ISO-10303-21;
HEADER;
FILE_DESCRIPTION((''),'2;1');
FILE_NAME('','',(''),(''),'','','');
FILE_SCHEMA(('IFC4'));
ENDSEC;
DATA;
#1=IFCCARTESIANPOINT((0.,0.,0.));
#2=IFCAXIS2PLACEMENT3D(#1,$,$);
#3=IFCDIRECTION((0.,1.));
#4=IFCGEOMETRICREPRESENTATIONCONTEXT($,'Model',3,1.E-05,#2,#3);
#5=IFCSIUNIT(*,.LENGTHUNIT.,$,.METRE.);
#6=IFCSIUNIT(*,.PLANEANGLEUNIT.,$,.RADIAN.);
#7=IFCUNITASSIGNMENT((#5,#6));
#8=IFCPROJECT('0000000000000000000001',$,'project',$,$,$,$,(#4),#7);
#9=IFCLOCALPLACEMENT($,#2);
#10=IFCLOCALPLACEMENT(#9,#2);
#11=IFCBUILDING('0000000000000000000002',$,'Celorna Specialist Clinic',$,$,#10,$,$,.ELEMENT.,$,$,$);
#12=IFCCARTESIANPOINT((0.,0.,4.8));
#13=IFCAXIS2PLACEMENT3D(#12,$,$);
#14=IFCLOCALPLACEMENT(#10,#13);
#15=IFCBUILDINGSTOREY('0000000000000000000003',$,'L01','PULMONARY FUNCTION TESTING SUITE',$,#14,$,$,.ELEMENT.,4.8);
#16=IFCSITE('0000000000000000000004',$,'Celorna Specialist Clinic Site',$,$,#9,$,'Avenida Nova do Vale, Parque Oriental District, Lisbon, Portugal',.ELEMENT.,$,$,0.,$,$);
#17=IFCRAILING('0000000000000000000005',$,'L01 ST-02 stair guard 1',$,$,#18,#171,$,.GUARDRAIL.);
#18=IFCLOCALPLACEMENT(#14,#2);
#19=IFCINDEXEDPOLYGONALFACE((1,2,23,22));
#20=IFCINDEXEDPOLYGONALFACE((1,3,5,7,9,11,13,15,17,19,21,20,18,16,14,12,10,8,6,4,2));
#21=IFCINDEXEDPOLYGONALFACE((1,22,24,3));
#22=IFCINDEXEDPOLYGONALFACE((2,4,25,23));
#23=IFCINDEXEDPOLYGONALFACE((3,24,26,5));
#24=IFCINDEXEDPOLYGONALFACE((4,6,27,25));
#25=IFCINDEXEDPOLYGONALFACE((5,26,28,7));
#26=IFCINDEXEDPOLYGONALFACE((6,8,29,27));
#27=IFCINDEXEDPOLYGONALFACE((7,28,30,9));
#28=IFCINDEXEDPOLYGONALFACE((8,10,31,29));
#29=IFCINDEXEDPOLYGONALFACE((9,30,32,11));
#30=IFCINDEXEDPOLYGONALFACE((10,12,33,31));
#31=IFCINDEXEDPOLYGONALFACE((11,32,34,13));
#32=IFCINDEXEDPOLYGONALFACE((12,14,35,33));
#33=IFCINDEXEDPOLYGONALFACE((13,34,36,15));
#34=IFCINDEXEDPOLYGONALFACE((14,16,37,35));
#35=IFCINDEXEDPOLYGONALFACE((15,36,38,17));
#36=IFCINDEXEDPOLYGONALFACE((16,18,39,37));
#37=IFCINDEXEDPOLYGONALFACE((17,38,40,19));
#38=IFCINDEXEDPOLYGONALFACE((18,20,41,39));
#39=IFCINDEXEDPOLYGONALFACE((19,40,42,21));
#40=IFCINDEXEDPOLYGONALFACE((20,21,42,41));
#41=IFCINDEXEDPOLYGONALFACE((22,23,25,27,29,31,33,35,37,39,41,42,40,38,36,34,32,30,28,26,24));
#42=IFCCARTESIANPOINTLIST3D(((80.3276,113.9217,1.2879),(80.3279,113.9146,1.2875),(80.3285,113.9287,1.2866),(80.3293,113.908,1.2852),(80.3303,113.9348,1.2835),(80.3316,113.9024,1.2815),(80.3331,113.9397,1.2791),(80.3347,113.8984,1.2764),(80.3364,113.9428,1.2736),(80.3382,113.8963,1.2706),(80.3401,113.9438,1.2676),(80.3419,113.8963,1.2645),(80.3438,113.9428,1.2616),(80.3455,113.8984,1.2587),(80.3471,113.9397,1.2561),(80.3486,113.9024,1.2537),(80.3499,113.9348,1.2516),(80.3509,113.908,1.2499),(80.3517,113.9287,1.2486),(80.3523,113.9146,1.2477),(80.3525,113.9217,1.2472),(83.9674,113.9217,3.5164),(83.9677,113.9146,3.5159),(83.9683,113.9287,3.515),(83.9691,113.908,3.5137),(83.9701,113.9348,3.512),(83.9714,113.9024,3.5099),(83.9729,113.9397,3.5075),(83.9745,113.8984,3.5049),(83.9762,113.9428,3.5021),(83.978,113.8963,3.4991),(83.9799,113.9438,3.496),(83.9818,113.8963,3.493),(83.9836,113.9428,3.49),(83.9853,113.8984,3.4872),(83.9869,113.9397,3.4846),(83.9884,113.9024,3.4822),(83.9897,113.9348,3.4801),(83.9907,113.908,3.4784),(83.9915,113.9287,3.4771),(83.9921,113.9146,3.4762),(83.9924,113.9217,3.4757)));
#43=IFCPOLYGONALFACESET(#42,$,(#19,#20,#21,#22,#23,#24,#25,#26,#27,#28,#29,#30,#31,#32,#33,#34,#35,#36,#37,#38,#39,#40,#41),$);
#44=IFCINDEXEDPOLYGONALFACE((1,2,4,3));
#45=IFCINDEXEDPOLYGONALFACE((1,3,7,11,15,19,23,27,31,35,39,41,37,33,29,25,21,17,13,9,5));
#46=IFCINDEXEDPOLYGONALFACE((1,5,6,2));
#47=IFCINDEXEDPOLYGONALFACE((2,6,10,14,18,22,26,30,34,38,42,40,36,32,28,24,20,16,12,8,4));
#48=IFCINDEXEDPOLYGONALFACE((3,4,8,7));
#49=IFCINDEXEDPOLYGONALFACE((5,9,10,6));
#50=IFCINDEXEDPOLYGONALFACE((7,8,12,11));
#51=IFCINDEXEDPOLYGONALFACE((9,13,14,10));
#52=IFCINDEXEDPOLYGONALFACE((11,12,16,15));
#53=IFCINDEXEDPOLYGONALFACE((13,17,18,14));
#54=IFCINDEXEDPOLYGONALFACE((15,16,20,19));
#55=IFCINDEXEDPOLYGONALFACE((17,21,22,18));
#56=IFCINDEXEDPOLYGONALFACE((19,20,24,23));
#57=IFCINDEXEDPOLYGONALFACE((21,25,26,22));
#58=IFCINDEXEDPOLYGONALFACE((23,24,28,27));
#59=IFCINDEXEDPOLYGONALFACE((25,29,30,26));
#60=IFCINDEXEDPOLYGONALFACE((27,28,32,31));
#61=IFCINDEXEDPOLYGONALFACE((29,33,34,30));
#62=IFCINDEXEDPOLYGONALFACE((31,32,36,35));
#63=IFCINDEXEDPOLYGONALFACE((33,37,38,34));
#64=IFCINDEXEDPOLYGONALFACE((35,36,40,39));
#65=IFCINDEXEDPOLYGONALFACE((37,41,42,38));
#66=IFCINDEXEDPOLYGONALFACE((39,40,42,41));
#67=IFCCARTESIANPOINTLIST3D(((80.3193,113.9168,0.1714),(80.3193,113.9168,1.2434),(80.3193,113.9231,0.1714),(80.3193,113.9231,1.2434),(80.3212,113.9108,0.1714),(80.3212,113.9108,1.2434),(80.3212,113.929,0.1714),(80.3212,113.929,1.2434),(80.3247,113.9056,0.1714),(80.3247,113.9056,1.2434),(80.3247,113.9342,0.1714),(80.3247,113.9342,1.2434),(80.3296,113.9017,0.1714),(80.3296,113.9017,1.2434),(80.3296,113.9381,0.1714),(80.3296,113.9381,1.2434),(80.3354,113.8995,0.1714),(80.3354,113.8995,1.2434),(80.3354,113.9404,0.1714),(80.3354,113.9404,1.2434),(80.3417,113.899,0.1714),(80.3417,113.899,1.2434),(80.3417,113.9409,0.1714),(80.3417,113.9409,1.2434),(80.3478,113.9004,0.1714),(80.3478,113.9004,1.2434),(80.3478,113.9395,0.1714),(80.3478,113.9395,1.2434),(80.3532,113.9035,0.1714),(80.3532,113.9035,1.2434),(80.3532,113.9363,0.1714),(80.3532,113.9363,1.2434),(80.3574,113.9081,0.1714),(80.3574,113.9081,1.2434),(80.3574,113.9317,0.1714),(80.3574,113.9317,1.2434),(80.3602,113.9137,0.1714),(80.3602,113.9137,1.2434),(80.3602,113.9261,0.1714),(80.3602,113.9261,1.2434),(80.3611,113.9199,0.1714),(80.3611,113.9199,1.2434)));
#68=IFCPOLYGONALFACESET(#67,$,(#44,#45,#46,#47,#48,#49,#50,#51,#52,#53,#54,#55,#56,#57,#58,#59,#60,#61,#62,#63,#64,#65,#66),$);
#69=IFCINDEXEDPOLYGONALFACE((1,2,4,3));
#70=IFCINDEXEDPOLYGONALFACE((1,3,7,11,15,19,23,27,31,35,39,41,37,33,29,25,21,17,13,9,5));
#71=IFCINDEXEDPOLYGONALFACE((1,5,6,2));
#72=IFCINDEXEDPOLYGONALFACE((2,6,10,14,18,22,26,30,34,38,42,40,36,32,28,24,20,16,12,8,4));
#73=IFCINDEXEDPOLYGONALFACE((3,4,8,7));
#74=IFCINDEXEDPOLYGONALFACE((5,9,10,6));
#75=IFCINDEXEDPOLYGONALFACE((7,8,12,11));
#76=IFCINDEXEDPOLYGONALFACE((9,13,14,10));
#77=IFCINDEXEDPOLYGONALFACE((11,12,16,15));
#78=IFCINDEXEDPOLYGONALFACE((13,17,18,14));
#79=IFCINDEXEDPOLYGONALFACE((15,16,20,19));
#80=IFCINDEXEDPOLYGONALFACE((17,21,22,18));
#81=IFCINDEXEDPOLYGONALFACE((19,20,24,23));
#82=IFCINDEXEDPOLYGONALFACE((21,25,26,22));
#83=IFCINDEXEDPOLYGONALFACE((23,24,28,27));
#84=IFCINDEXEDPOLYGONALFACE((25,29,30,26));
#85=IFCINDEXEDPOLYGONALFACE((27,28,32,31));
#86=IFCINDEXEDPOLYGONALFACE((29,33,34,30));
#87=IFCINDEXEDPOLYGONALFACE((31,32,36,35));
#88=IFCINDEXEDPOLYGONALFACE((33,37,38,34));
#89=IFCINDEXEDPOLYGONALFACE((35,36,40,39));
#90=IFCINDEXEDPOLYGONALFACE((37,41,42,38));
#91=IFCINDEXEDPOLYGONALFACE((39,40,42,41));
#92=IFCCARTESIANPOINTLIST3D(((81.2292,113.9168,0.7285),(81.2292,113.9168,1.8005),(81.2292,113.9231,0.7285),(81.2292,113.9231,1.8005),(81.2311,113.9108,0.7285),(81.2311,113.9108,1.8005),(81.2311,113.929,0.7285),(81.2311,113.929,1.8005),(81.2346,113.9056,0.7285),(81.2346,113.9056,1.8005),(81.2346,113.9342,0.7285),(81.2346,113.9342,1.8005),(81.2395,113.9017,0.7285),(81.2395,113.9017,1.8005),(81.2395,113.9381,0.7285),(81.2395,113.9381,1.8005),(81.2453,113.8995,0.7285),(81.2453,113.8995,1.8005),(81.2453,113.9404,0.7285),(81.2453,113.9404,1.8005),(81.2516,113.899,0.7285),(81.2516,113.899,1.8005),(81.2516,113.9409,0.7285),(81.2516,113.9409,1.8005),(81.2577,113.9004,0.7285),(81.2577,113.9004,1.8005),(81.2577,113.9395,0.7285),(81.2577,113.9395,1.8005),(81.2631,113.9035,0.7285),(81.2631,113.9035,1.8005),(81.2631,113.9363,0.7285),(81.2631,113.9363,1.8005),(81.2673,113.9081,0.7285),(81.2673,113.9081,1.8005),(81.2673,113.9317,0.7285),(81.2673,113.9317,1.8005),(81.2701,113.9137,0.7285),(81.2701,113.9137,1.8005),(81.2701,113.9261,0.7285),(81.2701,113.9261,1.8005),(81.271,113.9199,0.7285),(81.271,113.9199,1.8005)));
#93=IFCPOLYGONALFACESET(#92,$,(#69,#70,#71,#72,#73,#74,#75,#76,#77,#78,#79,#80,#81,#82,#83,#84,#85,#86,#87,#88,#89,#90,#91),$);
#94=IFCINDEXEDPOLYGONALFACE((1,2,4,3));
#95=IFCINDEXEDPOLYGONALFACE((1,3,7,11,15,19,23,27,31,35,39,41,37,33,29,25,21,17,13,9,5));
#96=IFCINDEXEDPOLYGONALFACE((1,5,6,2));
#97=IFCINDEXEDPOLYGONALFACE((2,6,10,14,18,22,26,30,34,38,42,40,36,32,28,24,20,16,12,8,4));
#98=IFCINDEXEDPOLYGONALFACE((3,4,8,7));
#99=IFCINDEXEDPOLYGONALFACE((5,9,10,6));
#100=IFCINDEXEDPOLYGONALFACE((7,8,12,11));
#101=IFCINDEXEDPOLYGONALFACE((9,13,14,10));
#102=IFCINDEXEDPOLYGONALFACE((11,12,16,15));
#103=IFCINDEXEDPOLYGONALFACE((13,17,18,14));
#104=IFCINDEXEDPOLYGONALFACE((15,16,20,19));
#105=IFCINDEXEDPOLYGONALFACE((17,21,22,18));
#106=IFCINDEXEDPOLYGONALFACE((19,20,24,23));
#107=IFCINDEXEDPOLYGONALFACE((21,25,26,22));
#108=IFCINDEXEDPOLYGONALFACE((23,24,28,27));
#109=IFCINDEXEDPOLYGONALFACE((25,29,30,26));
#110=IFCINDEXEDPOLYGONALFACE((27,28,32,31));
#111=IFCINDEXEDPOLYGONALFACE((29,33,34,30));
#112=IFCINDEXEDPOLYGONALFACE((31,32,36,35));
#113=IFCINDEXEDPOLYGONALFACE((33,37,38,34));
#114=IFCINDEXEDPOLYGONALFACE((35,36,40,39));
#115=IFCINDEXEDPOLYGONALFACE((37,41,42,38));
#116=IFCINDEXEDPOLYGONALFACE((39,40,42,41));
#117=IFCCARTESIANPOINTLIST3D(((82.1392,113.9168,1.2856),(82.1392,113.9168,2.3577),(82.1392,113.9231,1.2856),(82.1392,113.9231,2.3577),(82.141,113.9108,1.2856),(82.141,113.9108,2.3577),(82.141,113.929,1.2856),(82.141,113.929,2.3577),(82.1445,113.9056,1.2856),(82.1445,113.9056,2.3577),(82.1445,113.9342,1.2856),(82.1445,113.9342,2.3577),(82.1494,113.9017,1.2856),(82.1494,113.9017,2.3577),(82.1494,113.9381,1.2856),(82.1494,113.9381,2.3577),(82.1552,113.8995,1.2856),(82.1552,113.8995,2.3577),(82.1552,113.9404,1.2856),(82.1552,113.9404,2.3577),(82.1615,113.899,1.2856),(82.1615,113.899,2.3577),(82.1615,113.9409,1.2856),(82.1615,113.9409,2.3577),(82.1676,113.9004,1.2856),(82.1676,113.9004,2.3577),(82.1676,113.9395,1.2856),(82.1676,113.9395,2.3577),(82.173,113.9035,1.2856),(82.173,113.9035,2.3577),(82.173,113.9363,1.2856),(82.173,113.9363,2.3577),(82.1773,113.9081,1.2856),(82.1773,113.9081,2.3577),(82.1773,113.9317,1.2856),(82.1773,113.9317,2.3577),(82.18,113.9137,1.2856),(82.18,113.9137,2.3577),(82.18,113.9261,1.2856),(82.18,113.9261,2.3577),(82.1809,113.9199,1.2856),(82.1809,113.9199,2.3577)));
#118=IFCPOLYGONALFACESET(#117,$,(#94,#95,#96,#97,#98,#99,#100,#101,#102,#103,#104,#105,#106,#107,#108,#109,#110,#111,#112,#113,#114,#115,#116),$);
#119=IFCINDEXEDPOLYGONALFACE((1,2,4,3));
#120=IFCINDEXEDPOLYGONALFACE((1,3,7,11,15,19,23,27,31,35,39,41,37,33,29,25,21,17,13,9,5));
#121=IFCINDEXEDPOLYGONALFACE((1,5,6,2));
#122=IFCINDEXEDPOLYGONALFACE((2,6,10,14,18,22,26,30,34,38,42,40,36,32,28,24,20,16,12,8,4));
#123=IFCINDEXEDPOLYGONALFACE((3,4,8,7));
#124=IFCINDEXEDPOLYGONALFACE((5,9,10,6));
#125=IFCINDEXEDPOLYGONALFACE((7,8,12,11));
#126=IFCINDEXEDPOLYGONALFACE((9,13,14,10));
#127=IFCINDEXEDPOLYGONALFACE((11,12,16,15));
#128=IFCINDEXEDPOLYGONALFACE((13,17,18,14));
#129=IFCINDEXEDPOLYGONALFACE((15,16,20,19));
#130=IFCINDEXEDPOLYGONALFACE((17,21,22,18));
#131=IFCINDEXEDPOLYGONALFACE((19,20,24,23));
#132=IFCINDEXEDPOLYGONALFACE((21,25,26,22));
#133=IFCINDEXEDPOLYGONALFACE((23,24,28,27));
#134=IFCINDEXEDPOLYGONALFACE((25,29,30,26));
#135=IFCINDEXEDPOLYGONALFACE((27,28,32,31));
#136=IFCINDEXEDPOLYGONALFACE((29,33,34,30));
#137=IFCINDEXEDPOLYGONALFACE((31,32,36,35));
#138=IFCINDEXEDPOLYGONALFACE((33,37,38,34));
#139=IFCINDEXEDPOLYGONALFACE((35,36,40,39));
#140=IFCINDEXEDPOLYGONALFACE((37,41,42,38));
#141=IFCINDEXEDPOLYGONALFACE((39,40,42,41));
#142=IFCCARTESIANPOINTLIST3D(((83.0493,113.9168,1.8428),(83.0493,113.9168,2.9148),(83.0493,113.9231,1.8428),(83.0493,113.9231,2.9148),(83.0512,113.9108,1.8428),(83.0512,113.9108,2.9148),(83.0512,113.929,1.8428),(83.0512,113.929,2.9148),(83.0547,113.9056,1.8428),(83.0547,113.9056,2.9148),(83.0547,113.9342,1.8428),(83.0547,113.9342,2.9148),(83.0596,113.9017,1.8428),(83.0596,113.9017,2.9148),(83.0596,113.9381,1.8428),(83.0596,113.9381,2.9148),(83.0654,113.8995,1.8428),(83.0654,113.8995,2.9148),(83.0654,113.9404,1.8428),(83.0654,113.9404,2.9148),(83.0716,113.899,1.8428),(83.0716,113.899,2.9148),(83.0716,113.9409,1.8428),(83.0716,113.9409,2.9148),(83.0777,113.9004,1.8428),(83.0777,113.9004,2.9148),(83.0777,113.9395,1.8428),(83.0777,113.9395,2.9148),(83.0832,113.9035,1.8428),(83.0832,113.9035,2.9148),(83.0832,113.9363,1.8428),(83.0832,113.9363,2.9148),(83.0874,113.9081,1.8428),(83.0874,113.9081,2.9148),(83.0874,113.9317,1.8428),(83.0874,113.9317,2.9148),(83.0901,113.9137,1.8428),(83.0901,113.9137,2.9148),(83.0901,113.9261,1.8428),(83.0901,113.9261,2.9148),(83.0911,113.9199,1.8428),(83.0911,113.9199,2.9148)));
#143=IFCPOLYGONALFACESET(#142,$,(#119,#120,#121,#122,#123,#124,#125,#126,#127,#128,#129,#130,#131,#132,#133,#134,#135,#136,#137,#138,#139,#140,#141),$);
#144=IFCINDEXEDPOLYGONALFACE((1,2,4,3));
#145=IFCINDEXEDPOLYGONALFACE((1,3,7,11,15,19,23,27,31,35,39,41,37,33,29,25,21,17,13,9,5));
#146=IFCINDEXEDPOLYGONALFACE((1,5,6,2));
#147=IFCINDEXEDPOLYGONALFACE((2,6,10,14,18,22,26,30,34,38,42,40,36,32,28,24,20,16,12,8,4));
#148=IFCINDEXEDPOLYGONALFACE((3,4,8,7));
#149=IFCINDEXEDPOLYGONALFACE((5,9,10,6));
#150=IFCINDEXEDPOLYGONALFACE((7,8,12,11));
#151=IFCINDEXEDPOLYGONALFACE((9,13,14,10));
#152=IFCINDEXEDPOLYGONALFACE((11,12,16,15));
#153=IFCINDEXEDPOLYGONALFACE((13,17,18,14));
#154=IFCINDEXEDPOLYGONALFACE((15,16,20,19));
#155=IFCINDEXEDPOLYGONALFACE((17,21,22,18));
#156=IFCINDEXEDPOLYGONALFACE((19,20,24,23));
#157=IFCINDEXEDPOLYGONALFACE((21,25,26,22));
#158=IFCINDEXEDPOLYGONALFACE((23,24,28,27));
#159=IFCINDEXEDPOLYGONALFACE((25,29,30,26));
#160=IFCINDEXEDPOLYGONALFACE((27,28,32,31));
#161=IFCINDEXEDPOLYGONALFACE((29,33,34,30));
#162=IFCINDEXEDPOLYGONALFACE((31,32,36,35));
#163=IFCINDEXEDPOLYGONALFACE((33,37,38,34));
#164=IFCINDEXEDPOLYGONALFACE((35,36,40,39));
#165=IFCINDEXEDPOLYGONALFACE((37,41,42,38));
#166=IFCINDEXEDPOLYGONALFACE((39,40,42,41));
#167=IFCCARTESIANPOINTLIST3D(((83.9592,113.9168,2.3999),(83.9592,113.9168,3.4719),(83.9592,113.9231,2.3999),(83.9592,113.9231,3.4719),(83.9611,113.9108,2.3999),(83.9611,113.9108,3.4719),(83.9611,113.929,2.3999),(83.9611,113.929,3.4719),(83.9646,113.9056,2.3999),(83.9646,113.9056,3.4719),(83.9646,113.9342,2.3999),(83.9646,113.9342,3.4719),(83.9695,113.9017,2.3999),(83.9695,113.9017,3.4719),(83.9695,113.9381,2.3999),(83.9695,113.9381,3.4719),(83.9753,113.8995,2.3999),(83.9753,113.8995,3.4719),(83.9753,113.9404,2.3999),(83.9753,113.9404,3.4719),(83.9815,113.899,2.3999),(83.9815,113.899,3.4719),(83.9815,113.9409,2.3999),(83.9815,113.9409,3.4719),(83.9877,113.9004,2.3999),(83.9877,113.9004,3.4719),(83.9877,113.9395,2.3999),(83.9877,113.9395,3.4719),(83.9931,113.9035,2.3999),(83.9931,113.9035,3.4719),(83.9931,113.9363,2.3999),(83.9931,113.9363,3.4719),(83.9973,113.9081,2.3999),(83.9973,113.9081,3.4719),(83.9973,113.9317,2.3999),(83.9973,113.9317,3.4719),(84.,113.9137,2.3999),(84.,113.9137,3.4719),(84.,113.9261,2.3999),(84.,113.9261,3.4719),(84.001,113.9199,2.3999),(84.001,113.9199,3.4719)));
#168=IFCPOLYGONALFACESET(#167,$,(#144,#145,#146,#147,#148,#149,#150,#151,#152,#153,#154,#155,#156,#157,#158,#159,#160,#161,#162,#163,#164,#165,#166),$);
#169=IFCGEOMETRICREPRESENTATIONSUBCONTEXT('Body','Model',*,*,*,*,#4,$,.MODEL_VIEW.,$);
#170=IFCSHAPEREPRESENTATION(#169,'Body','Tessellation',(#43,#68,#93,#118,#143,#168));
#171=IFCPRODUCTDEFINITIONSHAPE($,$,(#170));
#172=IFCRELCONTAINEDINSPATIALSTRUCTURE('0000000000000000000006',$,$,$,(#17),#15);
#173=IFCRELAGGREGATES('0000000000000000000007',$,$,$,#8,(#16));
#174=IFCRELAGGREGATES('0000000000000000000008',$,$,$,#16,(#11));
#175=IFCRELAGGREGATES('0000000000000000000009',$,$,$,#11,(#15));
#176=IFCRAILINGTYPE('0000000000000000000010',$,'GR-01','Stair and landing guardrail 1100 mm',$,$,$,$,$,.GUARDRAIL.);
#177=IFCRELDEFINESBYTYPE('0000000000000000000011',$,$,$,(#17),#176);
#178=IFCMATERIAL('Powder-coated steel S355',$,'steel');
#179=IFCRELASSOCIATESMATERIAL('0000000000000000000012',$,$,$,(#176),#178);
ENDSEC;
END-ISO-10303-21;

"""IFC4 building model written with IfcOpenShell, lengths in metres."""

from ifc_helpers import new_model, si_unit, direction, frame, origin, origin_2d, place, context, subcontext, project, spatial, circle, extrude, material, type_object, element, save


model = new_model("IFC4")

# Units and contexts
model_context = context("Model", 3, precision=1e-05, world=origin(), true_north=direction((0.0, 1.0)))
body_context = subcontext(model_context, "Body", "Model", "MODEL_VIEW")
ifc_project = project(units=[si_unit("LENGTHUNIT", "METRE"), si_unit("PLANEANGLEUNIT", "RADIAN")], contexts=[model_context])

# Site, building, storey
site_placement = place(None, origin())
site = spatial("IfcSite", under=ifc_project, at=site_placement, Name="Celorna Specialist Clinic Site", LongName="Avenida Nova do Vale, Parque Oriental District, Lisbon, Portugal", CompositionType="ELEMENT", RefElevation=0.0)
building_placement = place(site_placement, origin())
building = spatial("IfcBuilding", under=site, at=building_placement, Name="Celorna Specialist Clinic", CompositionType="ELEMENT")
storey_placement = place(building_placement, frame((0.0, 0.0, 4.8)))
storey = spatial("IfcBuildingStorey", under=building, at=storey_placement, Name="L01", Description="PULMONARY FUNCTION TESTING SUITE", CompositionType="ELEMENT", Elevation=4.8)

# Railing
ifc_material_1 = material(Name="Powder-coated steel S355", Category="steel")
railing_type_1 = type_object("IfcRailingType", Name="GR-01", Description="Stair and landing guardrail 1100 mm", PredefinedType="GUARDRAIL", material=ifc_material_1)
railing_1_placement = place(storey_placement, frame((80.3401, 113.9199, 0.1714)))
element("IfcRailing", 1, at=railing_1_placement, inside=storey, type_object=railing_type_1, Name="L01 ST-02 stair guard 1", PredefinedType="GUARDRAIL", context=body_context, shape_type="SweptSolid", body=[
    extrude(circle(Radius=0.0239, at=origin_2d()), frame((0.0, 0.0, 1.0962), z_axis=(0.85285, 0.0, 0.522156), x_axis=(0.0, 1.0, 0.0)), (0.0, 0.0, 1.0), 4.2678),
    extrude(circle(Radius=0.021, at=origin_2d()), origin(), (0.0, 0.0, 1.0), 1.072),
    extrude(circle(Radius=0.021, at=origin_2d()), frame((0.9099, 0.0, 0.5571)), (0.0, 0.0, 1.0), 1.072),
    extrude(circle(Radius=0.021, at=origin_2d()), frame((1.8198, 0.0, 1.1143)), (0.0, 0.0, 1.0), 1.072),
    extrude(circle(Radius=0.021, at=origin_2d()), frame((2.73, 0.0, 1.6714)), (0.0, 0.0, 1.0), 1.072),
    extrude(circle(Radius=0.021, at=origin_2d()), frame((3.6399, 0.0, 2.2285)), (0.0, 0.0, 1.0), 1.072),
])

save(model, "model.ifc")
